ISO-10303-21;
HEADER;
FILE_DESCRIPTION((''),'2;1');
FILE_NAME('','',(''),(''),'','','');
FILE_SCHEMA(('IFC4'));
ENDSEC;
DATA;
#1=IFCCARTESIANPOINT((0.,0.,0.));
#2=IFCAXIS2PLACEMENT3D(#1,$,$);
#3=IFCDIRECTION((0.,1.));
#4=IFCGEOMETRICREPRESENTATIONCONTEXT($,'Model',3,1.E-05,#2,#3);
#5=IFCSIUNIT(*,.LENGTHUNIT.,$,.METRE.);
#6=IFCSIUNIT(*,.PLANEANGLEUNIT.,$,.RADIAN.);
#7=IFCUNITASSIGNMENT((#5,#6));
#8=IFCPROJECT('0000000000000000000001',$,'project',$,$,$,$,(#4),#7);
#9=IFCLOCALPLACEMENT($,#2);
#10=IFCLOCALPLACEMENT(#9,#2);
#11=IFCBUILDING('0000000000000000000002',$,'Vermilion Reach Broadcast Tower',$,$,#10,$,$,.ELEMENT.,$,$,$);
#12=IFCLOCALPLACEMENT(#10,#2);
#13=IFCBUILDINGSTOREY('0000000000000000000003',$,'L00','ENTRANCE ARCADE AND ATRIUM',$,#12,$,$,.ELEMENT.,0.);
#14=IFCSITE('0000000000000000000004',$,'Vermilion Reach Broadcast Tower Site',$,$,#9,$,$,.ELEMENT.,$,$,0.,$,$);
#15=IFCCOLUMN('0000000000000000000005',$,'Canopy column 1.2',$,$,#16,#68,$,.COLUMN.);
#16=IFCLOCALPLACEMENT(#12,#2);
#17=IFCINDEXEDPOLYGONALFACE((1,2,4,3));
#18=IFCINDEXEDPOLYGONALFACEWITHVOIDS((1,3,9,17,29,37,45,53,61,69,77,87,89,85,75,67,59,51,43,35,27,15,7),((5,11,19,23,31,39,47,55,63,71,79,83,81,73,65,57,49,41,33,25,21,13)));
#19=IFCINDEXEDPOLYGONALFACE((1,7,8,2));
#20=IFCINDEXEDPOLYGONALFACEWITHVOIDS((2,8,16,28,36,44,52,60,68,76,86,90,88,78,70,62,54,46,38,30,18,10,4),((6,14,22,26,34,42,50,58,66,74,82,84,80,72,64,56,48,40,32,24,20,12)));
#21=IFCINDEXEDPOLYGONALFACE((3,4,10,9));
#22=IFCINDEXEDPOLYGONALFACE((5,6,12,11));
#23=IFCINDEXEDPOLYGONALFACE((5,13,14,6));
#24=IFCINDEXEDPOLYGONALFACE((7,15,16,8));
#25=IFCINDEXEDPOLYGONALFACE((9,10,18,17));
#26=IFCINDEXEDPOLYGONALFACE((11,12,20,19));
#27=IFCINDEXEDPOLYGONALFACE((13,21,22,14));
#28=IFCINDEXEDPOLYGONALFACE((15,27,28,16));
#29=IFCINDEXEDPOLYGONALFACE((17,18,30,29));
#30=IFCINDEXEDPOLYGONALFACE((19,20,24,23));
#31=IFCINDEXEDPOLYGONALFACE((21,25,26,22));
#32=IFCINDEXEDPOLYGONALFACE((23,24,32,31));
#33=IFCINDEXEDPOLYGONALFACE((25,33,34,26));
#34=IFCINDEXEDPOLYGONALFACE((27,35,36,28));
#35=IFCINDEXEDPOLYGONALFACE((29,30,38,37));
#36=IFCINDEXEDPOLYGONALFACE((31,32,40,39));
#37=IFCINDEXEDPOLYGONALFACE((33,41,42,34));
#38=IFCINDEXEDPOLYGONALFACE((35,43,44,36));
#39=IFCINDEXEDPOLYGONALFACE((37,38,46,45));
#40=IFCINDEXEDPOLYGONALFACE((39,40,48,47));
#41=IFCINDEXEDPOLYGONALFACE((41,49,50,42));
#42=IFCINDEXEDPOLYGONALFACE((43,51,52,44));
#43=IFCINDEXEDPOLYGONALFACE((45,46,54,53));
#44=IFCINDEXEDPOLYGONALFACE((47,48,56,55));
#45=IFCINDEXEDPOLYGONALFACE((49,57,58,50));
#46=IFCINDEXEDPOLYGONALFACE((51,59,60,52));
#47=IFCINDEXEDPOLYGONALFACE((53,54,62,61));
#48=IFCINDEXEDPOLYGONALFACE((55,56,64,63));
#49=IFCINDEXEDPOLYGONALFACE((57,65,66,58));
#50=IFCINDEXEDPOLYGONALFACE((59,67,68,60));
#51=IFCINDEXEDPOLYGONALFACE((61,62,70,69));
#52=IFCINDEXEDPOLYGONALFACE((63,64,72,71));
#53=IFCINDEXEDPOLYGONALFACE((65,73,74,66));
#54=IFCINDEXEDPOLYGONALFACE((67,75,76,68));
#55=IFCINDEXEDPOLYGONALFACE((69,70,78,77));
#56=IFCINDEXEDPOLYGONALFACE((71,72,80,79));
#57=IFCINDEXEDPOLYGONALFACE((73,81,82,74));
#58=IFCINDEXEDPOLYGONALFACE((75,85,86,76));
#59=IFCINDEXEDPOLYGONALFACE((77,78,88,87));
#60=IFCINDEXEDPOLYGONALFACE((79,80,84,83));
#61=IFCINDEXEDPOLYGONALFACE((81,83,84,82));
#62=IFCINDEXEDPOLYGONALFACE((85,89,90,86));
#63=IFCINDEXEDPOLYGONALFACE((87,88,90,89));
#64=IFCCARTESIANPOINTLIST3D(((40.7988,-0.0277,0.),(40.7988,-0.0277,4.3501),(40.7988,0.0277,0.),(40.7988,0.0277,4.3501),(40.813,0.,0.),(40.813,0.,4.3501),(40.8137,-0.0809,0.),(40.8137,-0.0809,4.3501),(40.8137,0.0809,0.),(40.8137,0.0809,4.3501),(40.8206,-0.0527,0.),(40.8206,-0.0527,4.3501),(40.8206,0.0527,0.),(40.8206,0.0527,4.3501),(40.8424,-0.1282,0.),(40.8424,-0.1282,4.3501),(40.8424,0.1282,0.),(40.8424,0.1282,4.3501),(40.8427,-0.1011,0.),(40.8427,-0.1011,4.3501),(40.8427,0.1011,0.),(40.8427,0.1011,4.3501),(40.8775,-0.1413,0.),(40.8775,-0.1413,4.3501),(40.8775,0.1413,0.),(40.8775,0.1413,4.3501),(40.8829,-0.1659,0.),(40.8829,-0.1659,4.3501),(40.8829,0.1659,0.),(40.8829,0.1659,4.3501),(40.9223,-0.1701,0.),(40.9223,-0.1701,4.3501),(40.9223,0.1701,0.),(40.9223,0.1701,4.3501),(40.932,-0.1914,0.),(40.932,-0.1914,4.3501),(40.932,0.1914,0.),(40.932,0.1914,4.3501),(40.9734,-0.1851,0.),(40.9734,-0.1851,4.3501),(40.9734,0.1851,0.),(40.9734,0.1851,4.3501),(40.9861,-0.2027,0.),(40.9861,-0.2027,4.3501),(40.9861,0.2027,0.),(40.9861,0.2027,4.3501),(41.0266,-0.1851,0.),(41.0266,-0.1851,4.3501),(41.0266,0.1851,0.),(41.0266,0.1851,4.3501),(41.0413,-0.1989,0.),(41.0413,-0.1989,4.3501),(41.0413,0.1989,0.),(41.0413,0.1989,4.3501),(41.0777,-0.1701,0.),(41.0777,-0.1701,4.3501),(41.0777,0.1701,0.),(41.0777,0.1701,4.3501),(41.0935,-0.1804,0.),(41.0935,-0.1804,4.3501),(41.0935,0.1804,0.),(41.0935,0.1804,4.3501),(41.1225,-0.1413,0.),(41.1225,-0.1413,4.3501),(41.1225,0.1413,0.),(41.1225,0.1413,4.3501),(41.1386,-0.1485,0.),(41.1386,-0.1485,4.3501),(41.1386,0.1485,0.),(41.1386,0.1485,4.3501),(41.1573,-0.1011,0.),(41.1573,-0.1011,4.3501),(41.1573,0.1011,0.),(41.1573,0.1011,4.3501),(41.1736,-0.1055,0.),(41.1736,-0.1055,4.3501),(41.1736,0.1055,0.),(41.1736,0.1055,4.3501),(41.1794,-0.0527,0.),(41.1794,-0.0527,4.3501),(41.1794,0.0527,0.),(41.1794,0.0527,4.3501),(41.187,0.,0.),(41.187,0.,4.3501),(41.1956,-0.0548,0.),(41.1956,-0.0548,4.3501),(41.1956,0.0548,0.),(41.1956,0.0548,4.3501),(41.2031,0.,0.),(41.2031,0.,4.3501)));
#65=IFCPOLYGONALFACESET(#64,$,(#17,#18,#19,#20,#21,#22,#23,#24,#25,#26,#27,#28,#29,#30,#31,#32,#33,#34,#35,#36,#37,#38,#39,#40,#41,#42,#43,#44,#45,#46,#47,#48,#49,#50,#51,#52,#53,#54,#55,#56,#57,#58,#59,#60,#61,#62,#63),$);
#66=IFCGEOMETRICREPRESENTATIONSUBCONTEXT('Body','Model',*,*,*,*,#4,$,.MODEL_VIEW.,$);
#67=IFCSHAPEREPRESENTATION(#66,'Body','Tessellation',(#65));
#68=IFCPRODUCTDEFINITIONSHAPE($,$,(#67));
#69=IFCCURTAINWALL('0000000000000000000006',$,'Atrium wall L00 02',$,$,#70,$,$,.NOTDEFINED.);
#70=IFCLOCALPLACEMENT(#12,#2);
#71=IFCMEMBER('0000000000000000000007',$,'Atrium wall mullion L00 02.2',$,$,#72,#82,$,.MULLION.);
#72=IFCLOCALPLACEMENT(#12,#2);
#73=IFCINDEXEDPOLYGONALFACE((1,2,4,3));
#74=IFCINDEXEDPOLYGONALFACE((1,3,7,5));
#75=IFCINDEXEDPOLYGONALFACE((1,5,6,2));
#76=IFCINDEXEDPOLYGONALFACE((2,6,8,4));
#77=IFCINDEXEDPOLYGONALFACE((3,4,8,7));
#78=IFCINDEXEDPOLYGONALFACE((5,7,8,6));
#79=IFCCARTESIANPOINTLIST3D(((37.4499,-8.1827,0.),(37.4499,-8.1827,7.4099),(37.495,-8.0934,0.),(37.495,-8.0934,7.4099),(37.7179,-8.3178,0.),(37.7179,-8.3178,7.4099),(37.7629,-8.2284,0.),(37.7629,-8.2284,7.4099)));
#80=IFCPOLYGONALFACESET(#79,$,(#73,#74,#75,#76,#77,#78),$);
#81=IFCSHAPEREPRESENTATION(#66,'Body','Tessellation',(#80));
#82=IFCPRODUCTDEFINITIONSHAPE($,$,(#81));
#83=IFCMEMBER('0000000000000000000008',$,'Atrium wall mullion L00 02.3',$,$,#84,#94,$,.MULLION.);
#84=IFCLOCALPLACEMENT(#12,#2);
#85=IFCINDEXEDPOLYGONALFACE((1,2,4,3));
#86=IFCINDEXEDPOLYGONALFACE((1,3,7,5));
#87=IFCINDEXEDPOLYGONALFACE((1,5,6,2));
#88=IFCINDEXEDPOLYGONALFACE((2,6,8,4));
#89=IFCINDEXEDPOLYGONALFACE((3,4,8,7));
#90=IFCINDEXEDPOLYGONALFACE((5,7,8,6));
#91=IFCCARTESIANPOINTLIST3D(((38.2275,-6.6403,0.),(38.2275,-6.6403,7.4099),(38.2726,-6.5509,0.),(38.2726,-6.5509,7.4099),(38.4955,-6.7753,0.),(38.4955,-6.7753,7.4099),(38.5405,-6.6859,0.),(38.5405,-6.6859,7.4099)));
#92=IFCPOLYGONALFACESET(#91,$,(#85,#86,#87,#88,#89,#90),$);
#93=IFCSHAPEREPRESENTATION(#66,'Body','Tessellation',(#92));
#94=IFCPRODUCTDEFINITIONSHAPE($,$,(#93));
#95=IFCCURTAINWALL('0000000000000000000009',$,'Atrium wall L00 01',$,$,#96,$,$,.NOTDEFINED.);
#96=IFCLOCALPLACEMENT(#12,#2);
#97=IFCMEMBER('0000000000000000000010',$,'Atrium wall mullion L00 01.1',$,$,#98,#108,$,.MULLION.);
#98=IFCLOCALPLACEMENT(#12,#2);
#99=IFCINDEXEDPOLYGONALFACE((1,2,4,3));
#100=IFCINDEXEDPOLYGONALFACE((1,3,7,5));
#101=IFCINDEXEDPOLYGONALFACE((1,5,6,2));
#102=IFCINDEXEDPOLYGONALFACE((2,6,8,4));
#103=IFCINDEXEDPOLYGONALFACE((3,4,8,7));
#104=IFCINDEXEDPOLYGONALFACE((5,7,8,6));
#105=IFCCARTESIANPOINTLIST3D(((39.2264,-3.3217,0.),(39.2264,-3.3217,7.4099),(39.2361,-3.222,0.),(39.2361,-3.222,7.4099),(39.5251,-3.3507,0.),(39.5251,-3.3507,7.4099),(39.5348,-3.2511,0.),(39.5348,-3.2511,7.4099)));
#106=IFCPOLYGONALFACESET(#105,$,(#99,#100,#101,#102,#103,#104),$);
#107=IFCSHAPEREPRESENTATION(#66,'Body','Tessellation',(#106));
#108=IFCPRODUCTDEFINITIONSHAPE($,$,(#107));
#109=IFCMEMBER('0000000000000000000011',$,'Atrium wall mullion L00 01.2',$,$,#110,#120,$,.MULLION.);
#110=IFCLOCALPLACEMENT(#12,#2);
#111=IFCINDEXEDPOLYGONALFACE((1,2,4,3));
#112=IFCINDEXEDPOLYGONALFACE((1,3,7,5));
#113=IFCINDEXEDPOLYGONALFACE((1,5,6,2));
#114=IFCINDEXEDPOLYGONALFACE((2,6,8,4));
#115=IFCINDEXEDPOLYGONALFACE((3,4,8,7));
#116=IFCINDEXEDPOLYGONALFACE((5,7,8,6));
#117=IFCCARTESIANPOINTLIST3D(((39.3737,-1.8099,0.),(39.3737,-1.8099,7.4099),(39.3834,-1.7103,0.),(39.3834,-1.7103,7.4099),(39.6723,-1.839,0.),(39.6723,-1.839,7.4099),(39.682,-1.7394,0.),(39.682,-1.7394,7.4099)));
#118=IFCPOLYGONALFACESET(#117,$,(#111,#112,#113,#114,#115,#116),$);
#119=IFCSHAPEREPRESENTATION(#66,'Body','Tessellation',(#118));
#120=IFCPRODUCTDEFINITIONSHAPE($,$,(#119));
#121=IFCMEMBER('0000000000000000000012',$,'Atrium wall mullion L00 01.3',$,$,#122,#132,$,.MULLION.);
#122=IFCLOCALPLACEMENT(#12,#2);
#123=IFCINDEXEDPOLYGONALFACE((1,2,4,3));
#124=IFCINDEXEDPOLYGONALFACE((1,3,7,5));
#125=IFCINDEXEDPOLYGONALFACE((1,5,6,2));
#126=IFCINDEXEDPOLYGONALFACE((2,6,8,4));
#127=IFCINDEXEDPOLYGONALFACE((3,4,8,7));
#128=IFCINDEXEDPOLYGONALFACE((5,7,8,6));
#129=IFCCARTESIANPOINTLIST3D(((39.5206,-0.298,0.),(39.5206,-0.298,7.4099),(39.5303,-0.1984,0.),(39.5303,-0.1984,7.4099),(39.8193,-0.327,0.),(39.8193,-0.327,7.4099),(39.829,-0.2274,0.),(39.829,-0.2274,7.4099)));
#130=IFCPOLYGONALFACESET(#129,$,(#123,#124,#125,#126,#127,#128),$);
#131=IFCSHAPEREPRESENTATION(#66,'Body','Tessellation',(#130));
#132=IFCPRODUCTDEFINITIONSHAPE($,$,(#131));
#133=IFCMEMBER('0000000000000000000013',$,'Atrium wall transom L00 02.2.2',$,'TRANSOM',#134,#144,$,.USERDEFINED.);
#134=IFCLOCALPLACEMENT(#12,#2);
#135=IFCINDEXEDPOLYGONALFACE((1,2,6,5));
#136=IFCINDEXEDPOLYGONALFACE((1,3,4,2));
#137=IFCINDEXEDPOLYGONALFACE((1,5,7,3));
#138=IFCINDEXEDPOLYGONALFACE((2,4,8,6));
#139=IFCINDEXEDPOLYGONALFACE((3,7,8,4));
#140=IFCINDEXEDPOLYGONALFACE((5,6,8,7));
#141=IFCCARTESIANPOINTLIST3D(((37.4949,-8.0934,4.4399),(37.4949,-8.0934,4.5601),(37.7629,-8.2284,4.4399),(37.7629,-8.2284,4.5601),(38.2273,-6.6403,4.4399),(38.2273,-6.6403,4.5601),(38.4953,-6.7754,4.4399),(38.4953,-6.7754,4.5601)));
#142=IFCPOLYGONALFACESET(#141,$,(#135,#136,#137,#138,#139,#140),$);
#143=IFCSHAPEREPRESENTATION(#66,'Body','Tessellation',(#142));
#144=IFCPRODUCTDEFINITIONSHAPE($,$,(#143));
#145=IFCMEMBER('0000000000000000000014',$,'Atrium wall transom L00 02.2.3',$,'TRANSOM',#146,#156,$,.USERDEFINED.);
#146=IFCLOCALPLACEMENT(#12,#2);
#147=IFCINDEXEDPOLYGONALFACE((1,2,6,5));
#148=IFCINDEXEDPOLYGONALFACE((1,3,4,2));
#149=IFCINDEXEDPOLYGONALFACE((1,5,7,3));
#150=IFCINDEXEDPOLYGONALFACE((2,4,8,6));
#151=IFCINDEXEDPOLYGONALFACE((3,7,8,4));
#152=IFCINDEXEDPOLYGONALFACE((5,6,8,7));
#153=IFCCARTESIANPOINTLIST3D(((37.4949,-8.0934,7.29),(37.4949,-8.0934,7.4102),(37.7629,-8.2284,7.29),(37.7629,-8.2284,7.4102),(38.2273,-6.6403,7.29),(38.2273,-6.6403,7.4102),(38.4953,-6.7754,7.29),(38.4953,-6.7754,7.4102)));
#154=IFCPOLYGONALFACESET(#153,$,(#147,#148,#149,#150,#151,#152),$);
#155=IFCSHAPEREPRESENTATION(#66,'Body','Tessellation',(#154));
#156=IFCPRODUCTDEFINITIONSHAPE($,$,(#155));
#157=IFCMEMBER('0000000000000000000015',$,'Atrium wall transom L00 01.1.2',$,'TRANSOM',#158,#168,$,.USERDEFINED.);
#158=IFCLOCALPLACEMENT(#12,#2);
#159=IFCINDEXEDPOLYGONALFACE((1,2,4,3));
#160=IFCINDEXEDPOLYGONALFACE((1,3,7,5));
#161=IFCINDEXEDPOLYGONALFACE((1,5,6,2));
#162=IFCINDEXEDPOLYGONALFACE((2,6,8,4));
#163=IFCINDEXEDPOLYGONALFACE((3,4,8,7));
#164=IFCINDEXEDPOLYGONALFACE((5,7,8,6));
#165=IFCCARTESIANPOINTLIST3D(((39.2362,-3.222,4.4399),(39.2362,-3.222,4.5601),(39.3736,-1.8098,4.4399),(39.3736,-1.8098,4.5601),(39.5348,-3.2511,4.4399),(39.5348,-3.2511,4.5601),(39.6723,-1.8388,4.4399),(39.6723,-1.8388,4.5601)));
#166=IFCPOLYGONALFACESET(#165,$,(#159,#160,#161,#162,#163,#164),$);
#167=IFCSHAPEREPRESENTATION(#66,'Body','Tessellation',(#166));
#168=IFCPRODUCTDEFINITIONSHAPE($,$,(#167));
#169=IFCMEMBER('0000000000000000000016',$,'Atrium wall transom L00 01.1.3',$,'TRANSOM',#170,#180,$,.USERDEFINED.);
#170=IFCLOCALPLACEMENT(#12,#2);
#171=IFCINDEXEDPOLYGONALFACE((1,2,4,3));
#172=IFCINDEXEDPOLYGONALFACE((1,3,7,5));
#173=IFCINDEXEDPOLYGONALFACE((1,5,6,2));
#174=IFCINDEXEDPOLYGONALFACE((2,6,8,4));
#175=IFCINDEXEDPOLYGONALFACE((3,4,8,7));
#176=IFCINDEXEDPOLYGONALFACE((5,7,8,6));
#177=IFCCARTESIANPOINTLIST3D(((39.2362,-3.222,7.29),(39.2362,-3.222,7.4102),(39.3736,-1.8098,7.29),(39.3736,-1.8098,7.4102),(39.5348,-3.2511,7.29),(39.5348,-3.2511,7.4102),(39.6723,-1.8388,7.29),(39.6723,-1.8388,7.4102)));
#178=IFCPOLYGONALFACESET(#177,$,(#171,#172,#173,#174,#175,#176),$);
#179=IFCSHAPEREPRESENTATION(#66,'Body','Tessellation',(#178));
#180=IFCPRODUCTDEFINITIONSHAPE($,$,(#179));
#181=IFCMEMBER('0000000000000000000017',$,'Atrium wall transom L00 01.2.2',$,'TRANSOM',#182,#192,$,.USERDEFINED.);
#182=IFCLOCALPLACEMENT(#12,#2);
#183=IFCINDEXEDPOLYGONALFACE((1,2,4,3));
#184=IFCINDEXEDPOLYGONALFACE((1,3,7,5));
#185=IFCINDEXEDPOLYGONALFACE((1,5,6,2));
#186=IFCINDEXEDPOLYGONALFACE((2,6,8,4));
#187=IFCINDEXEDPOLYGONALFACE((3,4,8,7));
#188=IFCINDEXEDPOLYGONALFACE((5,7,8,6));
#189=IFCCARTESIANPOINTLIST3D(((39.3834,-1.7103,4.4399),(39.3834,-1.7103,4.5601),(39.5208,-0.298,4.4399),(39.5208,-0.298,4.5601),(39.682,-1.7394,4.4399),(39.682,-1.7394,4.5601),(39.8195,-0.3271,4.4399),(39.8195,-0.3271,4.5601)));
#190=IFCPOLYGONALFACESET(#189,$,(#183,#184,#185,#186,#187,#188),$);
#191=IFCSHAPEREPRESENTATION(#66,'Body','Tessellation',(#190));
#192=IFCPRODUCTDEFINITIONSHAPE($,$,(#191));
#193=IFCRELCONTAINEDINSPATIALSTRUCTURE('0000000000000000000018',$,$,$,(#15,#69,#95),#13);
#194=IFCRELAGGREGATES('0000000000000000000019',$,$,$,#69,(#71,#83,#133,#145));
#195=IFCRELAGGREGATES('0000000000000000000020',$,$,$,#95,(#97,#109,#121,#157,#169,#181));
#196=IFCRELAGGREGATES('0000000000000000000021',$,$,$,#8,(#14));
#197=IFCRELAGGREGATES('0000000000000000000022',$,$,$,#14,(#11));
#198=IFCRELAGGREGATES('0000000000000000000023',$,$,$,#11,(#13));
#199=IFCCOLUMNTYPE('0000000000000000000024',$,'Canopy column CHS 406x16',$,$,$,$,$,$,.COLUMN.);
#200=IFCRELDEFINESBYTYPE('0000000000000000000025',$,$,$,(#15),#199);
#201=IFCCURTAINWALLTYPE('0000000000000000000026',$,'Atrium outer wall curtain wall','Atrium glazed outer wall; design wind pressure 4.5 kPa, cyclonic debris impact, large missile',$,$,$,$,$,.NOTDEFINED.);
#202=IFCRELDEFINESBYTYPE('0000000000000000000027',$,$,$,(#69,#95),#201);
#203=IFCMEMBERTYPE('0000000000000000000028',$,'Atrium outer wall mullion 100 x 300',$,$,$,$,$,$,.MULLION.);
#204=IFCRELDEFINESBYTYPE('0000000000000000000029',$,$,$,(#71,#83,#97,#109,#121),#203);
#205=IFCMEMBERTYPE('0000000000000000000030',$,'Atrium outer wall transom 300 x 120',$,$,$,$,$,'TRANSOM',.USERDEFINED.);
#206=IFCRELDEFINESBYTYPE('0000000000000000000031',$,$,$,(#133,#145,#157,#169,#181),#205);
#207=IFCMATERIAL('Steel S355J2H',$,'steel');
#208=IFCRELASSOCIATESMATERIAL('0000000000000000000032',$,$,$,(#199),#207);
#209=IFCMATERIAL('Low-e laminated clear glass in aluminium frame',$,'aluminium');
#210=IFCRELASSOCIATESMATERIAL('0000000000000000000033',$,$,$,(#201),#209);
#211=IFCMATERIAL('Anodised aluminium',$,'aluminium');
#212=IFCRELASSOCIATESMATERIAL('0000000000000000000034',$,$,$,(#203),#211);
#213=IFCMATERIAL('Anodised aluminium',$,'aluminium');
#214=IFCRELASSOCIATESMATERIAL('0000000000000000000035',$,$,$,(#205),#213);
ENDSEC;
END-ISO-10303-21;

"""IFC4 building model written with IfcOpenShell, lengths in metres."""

from ifc_helpers import new_model, si_unit, direction, frame, origin, origin_2d, place, context, subcontext, project, spatial, rectangle, hollow_circle, extrude, material, material_profile, profile_set, type_object, element, aggregate, save


model = new_model("IFC4")

# Units and contexts
model_context = context("Model", 3, precision=1e-05, world=origin(), true_north=direction((0.0, 1.0)))
body_context = subcontext(model_context, "Body", "Model", "MODEL_VIEW")
ifc_project = project(units=[si_unit("LENGTHUNIT", "METRE"), si_unit("PLANEANGLEUNIT", "RADIAN")], contexts=[model_context])

# Site, building, storey
site_placement = place(None, origin())
site = spatial("IfcSite", under=ifc_project, at=site_placement, Name="Vermilion Reach Broadcast Tower Site", CompositionType="ELEMENT", RefElevation=0.0)
building_placement = place(site_placement, origin())
building = spatial("IfcBuilding", under=site, at=building_placement, Name="Vermilion Reach Broadcast Tower", CompositionType="ELEMENT")
storey_placement = place(building_placement, origin())
storey = spatial("IfcBuildingStorey", under=building, at=storey_placement, Name="L00", Description="ENTRANCE ARCADE AND ATRIUM", CompositionType="ELEMENT", Elevation=0.0)

# Column
ifc_material_1 = material(Name="Steel S355J2H", Category="steel")
ifc_material_profile_1 = material_profile(ifc_material_1, hollow_circle(Radius=0.2031, WallThickness=0.0161, at=origin_2d()), Name="S355J2H CHS 406x16")
ifc_profile_set_1 = profile_set([ifc_material_profile_1], Name="Steel S355J2H")
column_type_1 = type_object("IfcColumnType", Name="Canopy column CHS 406x16", PredefinedType="COLUMN", material=ifc_profile_set_1)
column_placement = place(storey_placement, frame((41.0, 0.0, 0.0), z_axis=(0.0, 0.0, 1.0), x_axis=(1.0, 0.0, 0.0)))
element("IfcColumn", 1, at=column_placement, inside=storey, type_object=column_type_1, Name="Canopy column 1.2", PredefinedType="COLUMN", context=body_context, shape_type="SweptSolid", body=[
    extrude(hollow_circle(Radius=0.2031, WallThickness=0.0161, at=origin_2d()), origin(), (0.0, 0.0, 1.0), 4.3501),
])

# Curtain walls, members
ifc_material_2 = material(Name="Low-e laminated clear glass in aluminium frame", Category="aluminium")
curtain_wall_type = type_object("IfcCurtainWallType", Name="Atrium outer wall curtain wall", Description="Atrium glazed outer wall; design wind pressure 4.5 kPa, cyclonic debris impact, large missile", PredefinedType="NOTDEFINED", material=ifc_material_2)
placement = place(storey_placement, origin())
curtain_wall_1 = element("IfcCurtainWall", 2, at=placement, inside=storey, type_object=curtain_wall_type, Name="Atrium wall L00 02", PredefinedType="NOTDEFINED")
ifc_material_3 = material(Name="Anodised aluminium", Category="aluminium")
ifc_material_profile_2 = material_profile(ifc_material_3, rectangle(XDim=0.3, YDim=0.1001, at=origin_2d()), Name="Atrium outer wall mullion 100 x 300")
ifc_profile_set_2 = profile_set([ifc_material_profile_2], Name="Anodised aluminium")
member_type_1 = type_object("IfcMemberType", Name="Atrium outer wall mullion 100 x 300", PredefinedType="MULLION", material=ifc_profile_set_2)
member_1_placement = place(storey_placement, frame((37.6064, -8.2056, 0.0), z_axis=(0.0, 0.0, 1.0), x_axis=(-0.892992, 0.450072, 0.0)))
member_1 = element("IfcMember", 3, at=member_1_placement, type_object=member_type_1, Name="Atrium wall mullion L00 02.2", PredefinedType="MULLION", context=body_context, shape_type="SweptSolid", body=[
    extrude(rectangle(XDim=0.3, YDim=0.1001, at=origin_2d()), origin(), (0.0, 0.0, 1.0), 7.4099),
])
member_2_placement = place(storey_placement, frame((38.384, -6.6631, 0.0), z_axis=(0.0, 0.0, 1.0), x_axis=(-0.892992, 0.450072, 0.0)))
member_2 = element("IfcMember", 4, at=member_2_placement, type_object=member_type_1, Name="Atrium wall mullion L00 02.3", PredefinedType="MULLION", context=body_context, shape_type="SweptSolid", body=[
    extrude(rectangle(XDim=0.3, YDim=0.1001, at=origin_2d()), origin(), (0.0, 0.0, 1.0), 7.4099),
])
curtain_wall_2 = element("IfcCurtainWall", 5, at=placement, inside=storey, type_object=curtain_wall_type, Name="Atrium wall L00 01", PredefinedType="NOTDEFINED")
member_3_placement = place(storey_placement, frame((39.3806, -3.2864, 0.0), z_axis=(0.0, 0.0, 1.0), x_axis=(-0.995298, 0.096861, 0.0)))
member_3 = element("IfcMember", 6, at=member_3_placement, type_object=member_type_1, Name="Atrium wall mullion L00 01.1", PredefinedType="MULLION", context=body_context, shape_type="SweptSolid", body=[
    extrude(rectangle(XDim=0.3, YDim=0.1001, at=origin_2d()), origin(), (0.0, 0.0, 1.0), 7.4099),
])
member_4_placement = place(storey_placement, frame((39.5278, -1.7747, 0.0), z_axis=(0.0, 0.0, 1.0), x_axis=(-0.995298, 0.096861, 0.0)))
member_4 = element("IfcMember", 7, at=member_4_placement, type_object=member_type_1, Name="Atrium wall mullion L00 01.2", PredefinedType="MULLION", context=body_context, shape_type="SweptSolid", body=[
    extrude(rectangle(XDim=0.3, YDim=0.1001, at=origin_2d()), origin(), (0.0, 0.0, 1.0), 7.4099),
])
member_5_placement = place(storey_placement, frame((39.6748, -0.2627, 0.0), z_axis=(0.0, 0.0, 1.0), x_axis=(-0.995298, 0.096861, 0.0)))
member_5 = element("IfcMember", 8, at=member_5_placement, type_object=member_type_1, Name="Atrium wall mullion L00 01.3", PredefinedType="MULLION", context=body_context, shape_type="SweptSolid", body=[
    extrude(rectangle(XDim=0.3, YDim=0.1001, at=origin_2d()), origin(), (0.0, 0.0, 1.0), 7.4099),
])

# Members
ifc_material_4 = material(Name="Anodised aluminium", Category="aluminium")
ifc_material_profile_3 = material_profile(ifc_material_4, rectangle(XDim=0.3, YDim=0.1201, at=origin_2d()), Name="Atrium outer wall transom 300 x 120")
ifc_profile_set_3 = profile_set([ifc_material_profile_3], Name="Anodised aluminium")
member_type_2 = type_object("IfcMemberType", Name="Atrium outer wall transom 300 x 120", ElementType="TRANSOM", PredefinedType="USERDEFINED", material=ifc_profile_set_3)
member_6_placement = place(storey_placement, frame((37.6289, -8.1609, 4.5), z_axis=(0.450092, 0.892982, 0.0), x_axis=(-0.892982, 0.450092, 0.0)))
member_6 = element("IfcMember", 9, at=member_6_placement, type_object=member_type_2, Name="Atrium wall transom L00 02.2.2", ObjectType="TRANSOM", PredefinedType="USERDEFINED", context=body_context, shape_type="SweptSolid", body=[
    extrude(rectangle(XDim=0.3, YDim=0.1201, at=origin_2d()), origin(), (0.0, 0.0, 1.0), 1.6272),
])
member_7_placement = place(storey_placement, frame((37.6289, -8.1609, 7.3501), z_axis=(0.450092, 0.892982, 0.0), x_axis=(-0.892982, 0.450092, 0.0)))
member_7 = element("IfcMember", 10, at=member_7_placement, type_object=member_type_2, Name="Atrium wall transom L00 02.2.3", ObjectType="TRANSOM", PredefinedType="USERDEFINED", context=body_context, shape_type="SweptSolid", body=[
    extrude(rectangle(XDim=0.3, YDim=0.1201, at=origin_2d()), origin(), (0.0, 0.0, 1.0), 1.6272),
])
member_8_placement = place(storey_placement, frame((39.3855, -3.2366, 4.5), z_axis=(0.096863, 0.995298, 0.0), x_axis=(-0.995298, 0.096863, 0.0)))
member_8 = element("IfcMember", 11, at=member_8_placement, type_object=member_type_2, Name="Atrium wall transom L00 01.1.2", ObjectType="TRANSOM", PredefinedType="USERDEFINED", context=body_context, shape_type="SweptSolid", body=[
    extrude(rectangle(XDim=0.3, YDim=0.1201, at=origin_2d()), origin(), (0.0, 0.0, 1.0), 1.4189),
])
member_9_placement = place(storey_placement, frame((39.3855, -3.2366, 7.3501), z_axis=(0.096863, 0.995298, 0.0), x_axis=(-0.995298, 0.096863, 0.0)))
member_9 = element("IfcMember", 12, at=member_9_placement, type_object=member_type_2, Name="Atrium wall transom L00 01.1.3", ObjectType="TRANSOM", PredefinedType="USERDEFINED", context=body_context, shape_type="SweptSolid", body=[
    extrude(rectangle(XDim=0.3, YDim=0.1201, at=origin_2d()), origin(), (0.0, 0.0, 1.0), 1.4189),
])
member_10_placement = place(storey_placement, frame((39.5327, -1.7249, 4.5), z_axis=(0.096863, 0.995298, 0.0), x_axis=(-0.995298, 0.096863, 0.0)))
member_10 = element("IfcMember", 13, at=member_10_placement, type_object=member_type_2, Name="Atrium wall transom L00 01.2.2", ObjectType="TRANSOM", PredefinedType="USERDEFINED", context=body_context, shape_type="SweptSolid", body=[
    extrude(rectangle(XDim=0.3, YDim=0.1201, at=origin_2d()), origin(), (0.0, 0.0, 1.0), 1.4189),
])

aggregate(curtain_wall_1, [member_1, member_2, member_6, member_7])
aggregate(curtain_wall_2, [member_3, member_4, member_5, member_8, member_9, member_10])

save(model, "model.ifc")
